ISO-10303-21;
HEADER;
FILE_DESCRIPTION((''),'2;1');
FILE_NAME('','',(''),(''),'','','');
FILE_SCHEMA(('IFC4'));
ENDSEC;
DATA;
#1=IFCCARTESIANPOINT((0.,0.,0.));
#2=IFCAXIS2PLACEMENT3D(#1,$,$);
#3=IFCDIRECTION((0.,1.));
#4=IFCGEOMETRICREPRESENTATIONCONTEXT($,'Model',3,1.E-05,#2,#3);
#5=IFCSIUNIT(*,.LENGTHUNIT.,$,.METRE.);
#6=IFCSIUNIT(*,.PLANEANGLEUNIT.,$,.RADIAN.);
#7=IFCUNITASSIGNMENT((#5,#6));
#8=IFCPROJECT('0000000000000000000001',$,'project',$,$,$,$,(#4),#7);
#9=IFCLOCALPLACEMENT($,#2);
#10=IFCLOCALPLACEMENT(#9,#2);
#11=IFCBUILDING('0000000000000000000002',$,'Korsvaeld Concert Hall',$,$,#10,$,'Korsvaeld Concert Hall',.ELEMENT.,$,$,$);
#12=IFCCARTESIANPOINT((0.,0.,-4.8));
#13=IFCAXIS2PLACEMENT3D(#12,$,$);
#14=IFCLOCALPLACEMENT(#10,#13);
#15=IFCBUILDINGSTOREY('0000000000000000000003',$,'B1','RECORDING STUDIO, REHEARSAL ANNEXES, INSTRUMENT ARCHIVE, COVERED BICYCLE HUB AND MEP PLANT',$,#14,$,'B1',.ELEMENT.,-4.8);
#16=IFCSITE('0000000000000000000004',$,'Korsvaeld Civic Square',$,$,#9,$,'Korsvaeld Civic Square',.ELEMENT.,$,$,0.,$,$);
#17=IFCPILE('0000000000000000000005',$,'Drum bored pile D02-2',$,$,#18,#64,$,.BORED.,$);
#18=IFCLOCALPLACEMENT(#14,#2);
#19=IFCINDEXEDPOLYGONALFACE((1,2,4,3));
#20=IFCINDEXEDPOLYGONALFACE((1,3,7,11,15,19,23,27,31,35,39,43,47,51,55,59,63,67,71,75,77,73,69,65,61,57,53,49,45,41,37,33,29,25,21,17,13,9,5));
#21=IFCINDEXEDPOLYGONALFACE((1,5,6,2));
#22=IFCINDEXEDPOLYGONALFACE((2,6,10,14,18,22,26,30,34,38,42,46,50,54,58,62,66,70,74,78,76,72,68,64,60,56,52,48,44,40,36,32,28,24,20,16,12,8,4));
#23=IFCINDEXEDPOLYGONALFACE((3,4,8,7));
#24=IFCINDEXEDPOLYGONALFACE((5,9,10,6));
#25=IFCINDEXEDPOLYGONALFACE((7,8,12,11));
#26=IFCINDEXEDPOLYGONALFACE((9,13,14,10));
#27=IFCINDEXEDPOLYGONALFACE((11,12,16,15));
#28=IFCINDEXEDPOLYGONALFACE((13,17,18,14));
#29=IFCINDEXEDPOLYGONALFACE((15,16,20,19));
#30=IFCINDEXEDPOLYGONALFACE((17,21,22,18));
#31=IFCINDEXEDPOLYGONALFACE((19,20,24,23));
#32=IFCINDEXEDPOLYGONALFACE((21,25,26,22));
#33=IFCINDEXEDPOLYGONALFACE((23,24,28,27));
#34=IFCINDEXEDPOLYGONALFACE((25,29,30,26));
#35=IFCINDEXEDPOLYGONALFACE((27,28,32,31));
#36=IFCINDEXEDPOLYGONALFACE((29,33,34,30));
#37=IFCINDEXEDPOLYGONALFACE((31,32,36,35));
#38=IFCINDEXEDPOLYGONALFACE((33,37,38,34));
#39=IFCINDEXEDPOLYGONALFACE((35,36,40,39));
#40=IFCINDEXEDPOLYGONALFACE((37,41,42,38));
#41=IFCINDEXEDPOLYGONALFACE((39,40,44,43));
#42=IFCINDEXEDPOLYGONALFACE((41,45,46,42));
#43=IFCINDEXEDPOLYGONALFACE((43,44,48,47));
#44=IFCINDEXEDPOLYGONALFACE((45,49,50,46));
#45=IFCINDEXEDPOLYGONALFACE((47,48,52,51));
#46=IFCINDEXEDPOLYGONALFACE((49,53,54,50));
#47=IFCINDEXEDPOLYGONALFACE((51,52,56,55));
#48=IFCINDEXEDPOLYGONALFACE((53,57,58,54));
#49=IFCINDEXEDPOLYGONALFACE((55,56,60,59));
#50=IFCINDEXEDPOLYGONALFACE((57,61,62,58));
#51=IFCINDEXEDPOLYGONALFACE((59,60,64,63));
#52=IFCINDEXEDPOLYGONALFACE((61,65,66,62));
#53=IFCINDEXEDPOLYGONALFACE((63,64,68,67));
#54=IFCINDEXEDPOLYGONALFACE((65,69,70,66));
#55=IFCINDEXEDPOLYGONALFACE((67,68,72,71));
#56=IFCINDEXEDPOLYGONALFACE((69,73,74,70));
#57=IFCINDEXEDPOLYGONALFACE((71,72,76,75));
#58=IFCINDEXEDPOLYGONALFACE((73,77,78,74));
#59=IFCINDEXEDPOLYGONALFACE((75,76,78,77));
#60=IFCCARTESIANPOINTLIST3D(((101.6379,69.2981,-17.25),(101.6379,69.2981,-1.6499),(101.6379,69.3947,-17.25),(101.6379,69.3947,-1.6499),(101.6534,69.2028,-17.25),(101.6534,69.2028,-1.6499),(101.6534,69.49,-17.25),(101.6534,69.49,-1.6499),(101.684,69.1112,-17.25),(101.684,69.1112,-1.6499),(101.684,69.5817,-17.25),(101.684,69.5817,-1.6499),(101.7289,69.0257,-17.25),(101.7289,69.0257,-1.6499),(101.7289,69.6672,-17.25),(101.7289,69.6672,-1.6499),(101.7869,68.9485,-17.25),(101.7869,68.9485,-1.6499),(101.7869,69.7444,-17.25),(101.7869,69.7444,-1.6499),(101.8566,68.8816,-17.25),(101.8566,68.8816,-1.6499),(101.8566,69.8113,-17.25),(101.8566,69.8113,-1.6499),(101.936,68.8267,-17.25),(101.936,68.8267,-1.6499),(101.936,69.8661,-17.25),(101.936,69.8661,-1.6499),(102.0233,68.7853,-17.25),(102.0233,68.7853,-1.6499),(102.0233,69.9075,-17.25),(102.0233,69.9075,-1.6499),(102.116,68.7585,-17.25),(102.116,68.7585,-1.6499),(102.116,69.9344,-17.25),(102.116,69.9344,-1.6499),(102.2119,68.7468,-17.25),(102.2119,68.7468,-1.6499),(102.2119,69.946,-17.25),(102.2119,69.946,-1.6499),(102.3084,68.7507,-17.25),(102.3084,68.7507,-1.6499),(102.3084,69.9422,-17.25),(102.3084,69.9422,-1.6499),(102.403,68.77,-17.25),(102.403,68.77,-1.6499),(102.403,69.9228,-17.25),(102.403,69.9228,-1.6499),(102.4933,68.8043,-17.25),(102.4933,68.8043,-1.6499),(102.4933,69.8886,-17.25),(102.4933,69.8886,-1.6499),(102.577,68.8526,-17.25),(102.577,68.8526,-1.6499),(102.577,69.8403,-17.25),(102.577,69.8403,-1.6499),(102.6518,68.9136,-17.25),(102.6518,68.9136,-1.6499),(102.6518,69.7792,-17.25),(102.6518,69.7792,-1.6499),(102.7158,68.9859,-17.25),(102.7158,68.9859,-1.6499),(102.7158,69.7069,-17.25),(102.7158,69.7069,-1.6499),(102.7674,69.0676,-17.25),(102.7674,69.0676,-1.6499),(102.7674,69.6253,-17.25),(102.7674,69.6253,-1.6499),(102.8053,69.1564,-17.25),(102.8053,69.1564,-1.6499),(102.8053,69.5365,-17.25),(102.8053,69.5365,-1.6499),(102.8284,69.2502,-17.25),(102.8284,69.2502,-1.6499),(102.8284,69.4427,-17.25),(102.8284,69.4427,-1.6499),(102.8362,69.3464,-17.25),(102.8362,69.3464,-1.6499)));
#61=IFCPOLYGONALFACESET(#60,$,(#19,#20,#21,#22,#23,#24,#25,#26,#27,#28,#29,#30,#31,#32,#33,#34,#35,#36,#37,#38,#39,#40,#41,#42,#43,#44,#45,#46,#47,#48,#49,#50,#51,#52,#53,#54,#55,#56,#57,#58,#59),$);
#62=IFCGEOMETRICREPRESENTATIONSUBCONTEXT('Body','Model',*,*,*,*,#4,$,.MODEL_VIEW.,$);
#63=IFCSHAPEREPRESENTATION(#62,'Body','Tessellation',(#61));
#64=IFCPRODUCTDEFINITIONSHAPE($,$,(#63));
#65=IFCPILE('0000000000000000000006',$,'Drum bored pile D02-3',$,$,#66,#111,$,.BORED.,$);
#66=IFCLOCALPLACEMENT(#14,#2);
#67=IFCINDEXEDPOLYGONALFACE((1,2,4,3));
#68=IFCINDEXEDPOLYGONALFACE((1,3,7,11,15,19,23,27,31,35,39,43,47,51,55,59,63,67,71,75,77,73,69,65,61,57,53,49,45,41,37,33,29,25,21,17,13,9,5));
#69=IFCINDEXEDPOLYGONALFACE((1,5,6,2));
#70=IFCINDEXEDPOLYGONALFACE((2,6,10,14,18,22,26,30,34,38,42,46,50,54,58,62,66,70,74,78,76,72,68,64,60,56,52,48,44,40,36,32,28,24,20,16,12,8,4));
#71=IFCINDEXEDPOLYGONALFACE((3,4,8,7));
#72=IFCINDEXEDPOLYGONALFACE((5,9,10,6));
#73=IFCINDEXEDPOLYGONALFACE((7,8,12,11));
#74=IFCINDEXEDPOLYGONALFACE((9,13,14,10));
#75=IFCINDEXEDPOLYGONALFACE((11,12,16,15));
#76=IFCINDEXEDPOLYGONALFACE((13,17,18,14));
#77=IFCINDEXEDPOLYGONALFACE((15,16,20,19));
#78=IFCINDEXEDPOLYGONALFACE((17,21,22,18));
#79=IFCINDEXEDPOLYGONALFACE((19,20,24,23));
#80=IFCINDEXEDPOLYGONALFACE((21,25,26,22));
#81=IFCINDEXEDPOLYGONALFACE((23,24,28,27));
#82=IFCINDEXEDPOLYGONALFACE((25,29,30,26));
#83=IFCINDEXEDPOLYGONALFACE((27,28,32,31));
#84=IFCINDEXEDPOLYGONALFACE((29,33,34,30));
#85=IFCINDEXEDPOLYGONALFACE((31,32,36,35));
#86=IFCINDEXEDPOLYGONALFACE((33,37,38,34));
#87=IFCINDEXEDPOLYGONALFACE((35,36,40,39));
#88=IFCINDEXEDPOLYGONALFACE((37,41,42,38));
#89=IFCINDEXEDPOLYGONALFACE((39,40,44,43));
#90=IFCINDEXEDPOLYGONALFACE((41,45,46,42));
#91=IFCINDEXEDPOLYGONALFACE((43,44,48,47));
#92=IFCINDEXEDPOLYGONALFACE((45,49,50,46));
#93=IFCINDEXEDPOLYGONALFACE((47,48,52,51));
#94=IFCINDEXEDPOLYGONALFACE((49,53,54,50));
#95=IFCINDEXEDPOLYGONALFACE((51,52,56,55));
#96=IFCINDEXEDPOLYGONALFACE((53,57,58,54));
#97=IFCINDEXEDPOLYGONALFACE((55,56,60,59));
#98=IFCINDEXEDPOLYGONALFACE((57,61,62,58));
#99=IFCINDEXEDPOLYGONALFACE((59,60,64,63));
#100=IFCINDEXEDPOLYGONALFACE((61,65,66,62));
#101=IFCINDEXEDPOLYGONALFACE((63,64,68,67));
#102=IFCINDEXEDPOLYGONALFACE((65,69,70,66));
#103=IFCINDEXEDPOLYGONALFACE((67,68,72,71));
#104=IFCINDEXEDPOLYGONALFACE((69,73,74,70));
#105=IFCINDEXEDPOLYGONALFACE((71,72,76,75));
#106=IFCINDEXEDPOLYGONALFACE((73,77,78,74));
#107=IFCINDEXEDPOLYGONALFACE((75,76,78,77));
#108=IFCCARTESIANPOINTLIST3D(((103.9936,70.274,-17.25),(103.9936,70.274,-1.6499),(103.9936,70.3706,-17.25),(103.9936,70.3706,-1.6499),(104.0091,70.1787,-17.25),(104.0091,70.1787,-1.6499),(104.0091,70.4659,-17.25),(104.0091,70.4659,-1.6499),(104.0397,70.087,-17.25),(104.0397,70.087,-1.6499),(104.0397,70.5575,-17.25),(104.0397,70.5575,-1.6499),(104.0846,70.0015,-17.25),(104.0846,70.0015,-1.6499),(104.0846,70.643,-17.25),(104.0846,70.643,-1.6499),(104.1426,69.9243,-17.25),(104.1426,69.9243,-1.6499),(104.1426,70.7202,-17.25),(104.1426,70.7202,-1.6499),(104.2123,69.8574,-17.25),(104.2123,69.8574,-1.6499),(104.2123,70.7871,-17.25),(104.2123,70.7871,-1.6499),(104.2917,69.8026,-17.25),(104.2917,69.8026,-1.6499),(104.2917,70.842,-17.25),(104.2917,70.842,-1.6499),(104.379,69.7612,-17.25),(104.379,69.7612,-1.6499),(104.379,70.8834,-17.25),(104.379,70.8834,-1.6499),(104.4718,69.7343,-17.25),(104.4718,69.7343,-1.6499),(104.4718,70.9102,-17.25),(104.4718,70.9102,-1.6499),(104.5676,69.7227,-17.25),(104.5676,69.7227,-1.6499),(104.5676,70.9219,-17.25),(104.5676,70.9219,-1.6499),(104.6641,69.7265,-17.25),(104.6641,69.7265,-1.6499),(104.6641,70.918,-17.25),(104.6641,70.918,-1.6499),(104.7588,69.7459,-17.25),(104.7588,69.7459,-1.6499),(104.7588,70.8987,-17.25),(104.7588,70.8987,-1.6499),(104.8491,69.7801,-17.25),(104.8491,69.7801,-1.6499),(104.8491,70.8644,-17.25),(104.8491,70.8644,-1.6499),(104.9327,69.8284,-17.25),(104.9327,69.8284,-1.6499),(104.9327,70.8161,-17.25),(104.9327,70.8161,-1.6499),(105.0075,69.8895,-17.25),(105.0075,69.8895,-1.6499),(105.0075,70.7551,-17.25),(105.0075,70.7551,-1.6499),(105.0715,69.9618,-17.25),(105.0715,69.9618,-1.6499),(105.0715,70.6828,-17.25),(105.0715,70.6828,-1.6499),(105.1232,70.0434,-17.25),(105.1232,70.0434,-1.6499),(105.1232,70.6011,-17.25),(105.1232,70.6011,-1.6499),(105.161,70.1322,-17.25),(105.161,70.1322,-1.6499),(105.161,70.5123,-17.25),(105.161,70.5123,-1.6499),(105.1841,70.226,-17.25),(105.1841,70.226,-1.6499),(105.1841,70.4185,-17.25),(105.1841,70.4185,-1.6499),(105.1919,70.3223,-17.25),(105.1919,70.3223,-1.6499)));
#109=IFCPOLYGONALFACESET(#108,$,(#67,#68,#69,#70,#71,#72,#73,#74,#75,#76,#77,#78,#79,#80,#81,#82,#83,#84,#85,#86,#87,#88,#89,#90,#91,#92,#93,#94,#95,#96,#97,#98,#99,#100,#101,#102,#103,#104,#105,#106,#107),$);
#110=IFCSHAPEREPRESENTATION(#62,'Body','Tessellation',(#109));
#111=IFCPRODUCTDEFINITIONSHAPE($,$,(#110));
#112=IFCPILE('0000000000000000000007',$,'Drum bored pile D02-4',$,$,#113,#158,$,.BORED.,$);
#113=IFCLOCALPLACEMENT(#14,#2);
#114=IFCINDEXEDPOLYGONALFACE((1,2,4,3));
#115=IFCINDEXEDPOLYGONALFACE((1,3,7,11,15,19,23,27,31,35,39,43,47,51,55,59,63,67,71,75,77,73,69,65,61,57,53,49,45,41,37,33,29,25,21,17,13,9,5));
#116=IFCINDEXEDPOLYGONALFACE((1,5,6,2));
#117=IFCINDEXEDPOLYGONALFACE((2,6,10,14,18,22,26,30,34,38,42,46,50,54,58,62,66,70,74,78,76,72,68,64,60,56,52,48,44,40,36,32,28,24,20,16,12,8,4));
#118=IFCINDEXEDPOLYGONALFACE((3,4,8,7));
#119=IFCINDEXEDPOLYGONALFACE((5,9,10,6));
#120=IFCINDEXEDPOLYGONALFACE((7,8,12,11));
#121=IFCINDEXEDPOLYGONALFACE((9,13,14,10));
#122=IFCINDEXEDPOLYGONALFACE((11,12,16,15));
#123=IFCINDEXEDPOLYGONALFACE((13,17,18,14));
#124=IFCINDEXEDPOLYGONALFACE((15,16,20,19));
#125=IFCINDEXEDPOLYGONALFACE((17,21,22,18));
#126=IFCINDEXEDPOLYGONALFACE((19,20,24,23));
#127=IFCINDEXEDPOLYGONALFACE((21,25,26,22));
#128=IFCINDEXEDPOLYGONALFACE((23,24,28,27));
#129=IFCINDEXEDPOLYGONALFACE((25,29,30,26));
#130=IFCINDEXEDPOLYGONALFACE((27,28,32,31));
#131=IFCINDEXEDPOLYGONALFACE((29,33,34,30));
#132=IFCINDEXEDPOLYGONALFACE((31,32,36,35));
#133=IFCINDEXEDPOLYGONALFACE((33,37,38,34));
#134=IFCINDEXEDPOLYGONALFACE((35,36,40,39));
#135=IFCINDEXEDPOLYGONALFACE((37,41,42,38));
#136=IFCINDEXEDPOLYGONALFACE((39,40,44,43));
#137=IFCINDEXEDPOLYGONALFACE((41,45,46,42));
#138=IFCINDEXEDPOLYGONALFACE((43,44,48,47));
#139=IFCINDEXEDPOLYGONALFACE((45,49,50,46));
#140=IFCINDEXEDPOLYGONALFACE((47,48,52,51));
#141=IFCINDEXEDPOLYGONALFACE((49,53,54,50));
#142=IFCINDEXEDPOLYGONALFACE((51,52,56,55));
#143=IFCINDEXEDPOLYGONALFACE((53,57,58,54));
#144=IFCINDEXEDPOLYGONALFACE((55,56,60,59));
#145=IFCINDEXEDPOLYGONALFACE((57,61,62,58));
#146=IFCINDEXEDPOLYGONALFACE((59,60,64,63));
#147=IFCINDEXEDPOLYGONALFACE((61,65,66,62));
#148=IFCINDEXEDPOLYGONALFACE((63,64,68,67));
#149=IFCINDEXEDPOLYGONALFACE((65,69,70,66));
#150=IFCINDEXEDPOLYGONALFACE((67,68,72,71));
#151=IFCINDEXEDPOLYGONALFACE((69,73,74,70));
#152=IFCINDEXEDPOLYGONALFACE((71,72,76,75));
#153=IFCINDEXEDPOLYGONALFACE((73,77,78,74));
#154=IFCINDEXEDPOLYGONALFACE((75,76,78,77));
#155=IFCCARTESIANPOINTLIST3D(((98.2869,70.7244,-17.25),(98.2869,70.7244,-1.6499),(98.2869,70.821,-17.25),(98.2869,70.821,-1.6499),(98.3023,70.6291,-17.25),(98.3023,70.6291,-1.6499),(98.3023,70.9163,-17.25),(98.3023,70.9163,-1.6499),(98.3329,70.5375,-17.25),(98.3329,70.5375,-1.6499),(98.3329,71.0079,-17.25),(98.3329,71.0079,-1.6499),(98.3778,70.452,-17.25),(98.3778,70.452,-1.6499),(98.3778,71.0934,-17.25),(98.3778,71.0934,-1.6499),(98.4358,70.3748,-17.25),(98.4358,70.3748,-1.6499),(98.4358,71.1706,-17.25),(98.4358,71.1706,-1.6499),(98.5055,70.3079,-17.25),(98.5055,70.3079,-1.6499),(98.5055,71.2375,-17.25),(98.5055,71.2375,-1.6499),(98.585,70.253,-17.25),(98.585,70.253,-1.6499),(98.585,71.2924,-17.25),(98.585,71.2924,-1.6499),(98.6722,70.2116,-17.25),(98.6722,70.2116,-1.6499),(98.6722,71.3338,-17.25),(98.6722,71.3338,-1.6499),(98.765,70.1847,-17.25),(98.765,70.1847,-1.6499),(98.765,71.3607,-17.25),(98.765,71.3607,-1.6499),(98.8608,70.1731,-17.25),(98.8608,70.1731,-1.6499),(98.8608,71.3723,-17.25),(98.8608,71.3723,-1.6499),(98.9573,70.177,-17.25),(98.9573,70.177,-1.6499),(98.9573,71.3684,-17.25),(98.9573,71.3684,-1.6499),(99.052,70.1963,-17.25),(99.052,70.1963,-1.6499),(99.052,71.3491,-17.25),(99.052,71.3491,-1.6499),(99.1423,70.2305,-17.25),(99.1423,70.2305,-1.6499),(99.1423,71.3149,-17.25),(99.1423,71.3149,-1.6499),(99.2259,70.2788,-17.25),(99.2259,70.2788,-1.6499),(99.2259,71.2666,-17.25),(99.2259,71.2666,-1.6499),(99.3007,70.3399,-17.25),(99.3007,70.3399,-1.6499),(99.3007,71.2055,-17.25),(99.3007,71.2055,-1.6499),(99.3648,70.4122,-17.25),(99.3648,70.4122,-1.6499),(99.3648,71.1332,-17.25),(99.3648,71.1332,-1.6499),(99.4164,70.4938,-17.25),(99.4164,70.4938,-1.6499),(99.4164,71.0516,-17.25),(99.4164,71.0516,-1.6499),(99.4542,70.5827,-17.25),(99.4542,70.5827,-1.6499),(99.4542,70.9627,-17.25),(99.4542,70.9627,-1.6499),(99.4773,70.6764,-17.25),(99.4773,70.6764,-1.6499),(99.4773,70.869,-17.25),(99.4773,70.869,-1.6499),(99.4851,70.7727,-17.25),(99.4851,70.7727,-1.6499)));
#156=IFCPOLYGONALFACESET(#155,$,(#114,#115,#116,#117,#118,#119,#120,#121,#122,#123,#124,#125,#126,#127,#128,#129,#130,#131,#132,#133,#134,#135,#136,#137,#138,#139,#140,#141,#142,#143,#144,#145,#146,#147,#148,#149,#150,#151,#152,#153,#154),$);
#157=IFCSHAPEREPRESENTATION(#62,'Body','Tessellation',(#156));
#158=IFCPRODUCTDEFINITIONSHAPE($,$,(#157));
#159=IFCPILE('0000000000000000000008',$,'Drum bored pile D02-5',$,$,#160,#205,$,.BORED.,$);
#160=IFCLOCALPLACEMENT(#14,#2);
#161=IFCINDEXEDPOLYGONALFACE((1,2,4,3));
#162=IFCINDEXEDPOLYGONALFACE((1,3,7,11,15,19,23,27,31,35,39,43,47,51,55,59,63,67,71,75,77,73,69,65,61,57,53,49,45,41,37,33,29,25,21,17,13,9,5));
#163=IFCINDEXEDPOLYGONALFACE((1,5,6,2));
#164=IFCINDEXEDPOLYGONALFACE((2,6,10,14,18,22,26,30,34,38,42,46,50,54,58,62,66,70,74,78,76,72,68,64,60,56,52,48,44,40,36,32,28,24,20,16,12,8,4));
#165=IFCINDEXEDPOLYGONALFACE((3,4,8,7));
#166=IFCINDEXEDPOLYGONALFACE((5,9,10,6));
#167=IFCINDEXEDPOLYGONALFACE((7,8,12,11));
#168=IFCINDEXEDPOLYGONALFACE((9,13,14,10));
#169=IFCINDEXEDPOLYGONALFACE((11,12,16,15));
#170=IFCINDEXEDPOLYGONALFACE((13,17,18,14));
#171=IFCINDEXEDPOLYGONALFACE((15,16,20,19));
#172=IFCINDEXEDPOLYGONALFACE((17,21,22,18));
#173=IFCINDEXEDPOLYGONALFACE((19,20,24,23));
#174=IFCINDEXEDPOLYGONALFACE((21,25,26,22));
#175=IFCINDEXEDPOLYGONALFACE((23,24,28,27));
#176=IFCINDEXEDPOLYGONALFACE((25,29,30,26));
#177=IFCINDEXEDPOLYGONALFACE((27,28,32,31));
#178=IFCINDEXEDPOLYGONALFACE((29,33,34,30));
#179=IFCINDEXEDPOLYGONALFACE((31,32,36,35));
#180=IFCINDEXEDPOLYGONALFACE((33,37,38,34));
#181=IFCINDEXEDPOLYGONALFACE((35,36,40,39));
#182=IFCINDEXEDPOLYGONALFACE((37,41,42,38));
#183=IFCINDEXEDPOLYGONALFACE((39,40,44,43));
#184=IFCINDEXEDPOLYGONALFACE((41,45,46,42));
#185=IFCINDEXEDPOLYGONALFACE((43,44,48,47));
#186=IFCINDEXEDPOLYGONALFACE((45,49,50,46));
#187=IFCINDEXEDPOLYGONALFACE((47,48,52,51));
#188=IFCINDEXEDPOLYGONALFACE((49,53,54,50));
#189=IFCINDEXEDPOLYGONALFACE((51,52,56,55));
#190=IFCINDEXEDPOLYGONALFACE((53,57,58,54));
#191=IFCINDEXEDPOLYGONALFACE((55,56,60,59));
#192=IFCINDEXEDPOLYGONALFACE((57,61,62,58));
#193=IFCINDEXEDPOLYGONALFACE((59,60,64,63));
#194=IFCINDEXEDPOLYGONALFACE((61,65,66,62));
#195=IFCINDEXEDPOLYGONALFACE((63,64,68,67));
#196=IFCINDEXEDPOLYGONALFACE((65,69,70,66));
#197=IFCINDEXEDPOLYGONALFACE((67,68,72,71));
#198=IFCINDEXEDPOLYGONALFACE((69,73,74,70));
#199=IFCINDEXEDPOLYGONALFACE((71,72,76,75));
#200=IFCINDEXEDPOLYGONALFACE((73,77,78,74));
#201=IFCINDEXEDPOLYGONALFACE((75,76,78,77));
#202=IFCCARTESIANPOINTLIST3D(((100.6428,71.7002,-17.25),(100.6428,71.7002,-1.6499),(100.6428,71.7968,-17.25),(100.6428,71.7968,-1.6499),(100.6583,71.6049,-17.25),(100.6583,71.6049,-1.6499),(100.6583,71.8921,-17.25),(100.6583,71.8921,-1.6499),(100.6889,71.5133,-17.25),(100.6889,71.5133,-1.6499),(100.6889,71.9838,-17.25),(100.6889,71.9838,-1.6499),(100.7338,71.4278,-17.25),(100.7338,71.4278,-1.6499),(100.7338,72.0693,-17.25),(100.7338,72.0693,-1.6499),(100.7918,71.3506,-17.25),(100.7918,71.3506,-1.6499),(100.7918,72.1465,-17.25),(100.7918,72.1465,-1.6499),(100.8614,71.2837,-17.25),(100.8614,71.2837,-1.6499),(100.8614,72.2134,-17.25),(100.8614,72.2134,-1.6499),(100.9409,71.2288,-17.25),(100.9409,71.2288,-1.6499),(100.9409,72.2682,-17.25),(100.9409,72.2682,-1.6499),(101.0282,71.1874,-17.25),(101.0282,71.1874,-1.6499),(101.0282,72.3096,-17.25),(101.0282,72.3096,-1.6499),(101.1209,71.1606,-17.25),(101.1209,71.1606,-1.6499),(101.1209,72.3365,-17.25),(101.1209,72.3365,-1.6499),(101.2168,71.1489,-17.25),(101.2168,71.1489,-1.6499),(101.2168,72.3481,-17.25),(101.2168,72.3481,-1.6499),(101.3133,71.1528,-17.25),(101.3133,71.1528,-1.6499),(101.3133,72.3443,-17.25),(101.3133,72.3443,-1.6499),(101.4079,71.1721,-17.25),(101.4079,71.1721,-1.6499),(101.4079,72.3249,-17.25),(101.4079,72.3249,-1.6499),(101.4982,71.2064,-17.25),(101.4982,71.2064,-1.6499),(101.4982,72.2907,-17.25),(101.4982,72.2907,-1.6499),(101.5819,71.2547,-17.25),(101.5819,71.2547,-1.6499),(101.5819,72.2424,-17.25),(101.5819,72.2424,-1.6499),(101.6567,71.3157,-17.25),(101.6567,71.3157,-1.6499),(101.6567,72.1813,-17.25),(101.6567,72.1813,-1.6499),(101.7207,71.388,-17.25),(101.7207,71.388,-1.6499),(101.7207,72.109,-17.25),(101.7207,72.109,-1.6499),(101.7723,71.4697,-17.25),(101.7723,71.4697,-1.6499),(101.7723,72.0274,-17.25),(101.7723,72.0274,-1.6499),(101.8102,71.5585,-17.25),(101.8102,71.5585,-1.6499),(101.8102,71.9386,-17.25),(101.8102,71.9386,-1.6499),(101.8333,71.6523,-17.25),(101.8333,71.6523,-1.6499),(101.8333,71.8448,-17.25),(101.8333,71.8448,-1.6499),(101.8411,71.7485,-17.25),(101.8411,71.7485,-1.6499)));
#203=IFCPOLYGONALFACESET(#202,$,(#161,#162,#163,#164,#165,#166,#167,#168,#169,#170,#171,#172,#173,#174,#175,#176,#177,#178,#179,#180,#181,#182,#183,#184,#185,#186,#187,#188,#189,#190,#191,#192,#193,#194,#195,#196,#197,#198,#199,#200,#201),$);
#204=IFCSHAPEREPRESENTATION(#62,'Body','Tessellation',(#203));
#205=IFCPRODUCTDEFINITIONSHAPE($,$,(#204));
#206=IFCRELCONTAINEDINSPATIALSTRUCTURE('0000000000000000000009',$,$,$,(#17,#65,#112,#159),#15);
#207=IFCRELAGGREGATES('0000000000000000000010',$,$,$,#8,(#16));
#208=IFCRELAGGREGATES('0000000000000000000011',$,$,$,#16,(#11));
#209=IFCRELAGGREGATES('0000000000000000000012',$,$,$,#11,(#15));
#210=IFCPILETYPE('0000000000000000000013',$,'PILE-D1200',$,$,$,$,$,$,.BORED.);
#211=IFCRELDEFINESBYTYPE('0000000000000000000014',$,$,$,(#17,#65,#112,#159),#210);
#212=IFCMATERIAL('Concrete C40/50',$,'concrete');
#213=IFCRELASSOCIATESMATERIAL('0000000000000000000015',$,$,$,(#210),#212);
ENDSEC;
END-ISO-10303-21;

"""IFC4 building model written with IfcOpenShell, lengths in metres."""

from ifc_helpers import new_model, si_unit, direction, frame, origin, origin_2d, place, context, subcontext, project, spatial, circle, extrude, material, material_profile, profile_set, type_object, element, save


model = new_model("IFC4")

# Units and contexts
model_context = context("Model", 3, precision=1e-05, world=origin(), true_north=direction((0.0, 1.0)))
body_context = subcontext(model_context, "Body", "Model", "MODEL_VIEW")
ifc_project = project(units=[si_unit("LENGTHUNIT", "METRE"), si_unit("PLANEANGLEUNIT", "RADIAN")], contexts=[model_context])

# Site, building, storey
site_placement = place(None, origin())
site = spatial("IfcSite", under=ifc_project, at=site_placement, Name="Korsvaeld Civic Square", LongName="Korsvaeld Civic Square", CompositionType="ELEMENT", RefElevation=0.0)
building_placement = place(site_placement, origin())
building = spatial("IfcBuilding", under=site, at=building_placement, Name="Korsvaeld Concert Hall", LongName="Korsvaeld Concert Hall", CompositionType="ELEMENT")
storey_placement = place(building_placement, frame((0.0, 0.0, -4.8)))
storey = spatial("IfcBuildingStorey", under=building, at=storey_placement, Name="B1", Description="RECORDING STUDIO, REHEARSAL ANNEXES, INSTRUMENT ARCHIVE, COVERED BICYCLE HUB AND MEP PLANT", LongName="B1", CompositionType="ELEMENT", Elevation=-4.8)

# Piles
ifc_material_1 = material(Name="Concrete C40/50", Category="concrete")
ifc_material_profile_1 = material_profile(ifc_material_1, circle(Radius=0.6001, at=origin_2d()), Name="BORED PILE D1200")
ifc_profile_set_1 = profile_set([ifc_material_profile_1], Name="Concrete C40/50")
pile_type_1 = type_object("IfcPileType", Name="PILE-D1200", PredefinedType="BORED", material=ifc_profile_set_1)
for number, where, z_axis, x_axis, name in (
    (1, (102.2361, 69.3464, -1.6499), (0.0, 0.0, -1.0), (1.0, 0.0, 0.0), "Drum bored pile D02-2"),
    (2, (104.5918, 70.3223, -1.6499), (0.0, 0.0, -1.0), (1.0, 0.0, 0.0), "Drum bored pile D02-3"),
    (3, (98.885, 70.7727, -1.6499), (0.0, 0.0, -1.0), (1.0, 0.0, 0.0), "Drum bored pile D02-4"),
    (4, (101.241, 71.7485, -1.6499), (0.0, 0.0, -1.0), (1.0, 0.0, 0.0), "Drum bored pile D02-5"),
):
    element("IfcPile", number, at=place(storey_placement, frame(where, z_axis=z_axis, x_axis=x_axis)), inside=storey, type_object=pile_type_1, Name=name, PredefinedType="BORED", context=body_context, shape_type="SweptSolid", body=[
        extrude(circle(Radius=0.6001, at=origin_2d()), origin(), (0.0, 0.0, 1.0), 15.6001),
    ])

save(model, "model.ifc")
